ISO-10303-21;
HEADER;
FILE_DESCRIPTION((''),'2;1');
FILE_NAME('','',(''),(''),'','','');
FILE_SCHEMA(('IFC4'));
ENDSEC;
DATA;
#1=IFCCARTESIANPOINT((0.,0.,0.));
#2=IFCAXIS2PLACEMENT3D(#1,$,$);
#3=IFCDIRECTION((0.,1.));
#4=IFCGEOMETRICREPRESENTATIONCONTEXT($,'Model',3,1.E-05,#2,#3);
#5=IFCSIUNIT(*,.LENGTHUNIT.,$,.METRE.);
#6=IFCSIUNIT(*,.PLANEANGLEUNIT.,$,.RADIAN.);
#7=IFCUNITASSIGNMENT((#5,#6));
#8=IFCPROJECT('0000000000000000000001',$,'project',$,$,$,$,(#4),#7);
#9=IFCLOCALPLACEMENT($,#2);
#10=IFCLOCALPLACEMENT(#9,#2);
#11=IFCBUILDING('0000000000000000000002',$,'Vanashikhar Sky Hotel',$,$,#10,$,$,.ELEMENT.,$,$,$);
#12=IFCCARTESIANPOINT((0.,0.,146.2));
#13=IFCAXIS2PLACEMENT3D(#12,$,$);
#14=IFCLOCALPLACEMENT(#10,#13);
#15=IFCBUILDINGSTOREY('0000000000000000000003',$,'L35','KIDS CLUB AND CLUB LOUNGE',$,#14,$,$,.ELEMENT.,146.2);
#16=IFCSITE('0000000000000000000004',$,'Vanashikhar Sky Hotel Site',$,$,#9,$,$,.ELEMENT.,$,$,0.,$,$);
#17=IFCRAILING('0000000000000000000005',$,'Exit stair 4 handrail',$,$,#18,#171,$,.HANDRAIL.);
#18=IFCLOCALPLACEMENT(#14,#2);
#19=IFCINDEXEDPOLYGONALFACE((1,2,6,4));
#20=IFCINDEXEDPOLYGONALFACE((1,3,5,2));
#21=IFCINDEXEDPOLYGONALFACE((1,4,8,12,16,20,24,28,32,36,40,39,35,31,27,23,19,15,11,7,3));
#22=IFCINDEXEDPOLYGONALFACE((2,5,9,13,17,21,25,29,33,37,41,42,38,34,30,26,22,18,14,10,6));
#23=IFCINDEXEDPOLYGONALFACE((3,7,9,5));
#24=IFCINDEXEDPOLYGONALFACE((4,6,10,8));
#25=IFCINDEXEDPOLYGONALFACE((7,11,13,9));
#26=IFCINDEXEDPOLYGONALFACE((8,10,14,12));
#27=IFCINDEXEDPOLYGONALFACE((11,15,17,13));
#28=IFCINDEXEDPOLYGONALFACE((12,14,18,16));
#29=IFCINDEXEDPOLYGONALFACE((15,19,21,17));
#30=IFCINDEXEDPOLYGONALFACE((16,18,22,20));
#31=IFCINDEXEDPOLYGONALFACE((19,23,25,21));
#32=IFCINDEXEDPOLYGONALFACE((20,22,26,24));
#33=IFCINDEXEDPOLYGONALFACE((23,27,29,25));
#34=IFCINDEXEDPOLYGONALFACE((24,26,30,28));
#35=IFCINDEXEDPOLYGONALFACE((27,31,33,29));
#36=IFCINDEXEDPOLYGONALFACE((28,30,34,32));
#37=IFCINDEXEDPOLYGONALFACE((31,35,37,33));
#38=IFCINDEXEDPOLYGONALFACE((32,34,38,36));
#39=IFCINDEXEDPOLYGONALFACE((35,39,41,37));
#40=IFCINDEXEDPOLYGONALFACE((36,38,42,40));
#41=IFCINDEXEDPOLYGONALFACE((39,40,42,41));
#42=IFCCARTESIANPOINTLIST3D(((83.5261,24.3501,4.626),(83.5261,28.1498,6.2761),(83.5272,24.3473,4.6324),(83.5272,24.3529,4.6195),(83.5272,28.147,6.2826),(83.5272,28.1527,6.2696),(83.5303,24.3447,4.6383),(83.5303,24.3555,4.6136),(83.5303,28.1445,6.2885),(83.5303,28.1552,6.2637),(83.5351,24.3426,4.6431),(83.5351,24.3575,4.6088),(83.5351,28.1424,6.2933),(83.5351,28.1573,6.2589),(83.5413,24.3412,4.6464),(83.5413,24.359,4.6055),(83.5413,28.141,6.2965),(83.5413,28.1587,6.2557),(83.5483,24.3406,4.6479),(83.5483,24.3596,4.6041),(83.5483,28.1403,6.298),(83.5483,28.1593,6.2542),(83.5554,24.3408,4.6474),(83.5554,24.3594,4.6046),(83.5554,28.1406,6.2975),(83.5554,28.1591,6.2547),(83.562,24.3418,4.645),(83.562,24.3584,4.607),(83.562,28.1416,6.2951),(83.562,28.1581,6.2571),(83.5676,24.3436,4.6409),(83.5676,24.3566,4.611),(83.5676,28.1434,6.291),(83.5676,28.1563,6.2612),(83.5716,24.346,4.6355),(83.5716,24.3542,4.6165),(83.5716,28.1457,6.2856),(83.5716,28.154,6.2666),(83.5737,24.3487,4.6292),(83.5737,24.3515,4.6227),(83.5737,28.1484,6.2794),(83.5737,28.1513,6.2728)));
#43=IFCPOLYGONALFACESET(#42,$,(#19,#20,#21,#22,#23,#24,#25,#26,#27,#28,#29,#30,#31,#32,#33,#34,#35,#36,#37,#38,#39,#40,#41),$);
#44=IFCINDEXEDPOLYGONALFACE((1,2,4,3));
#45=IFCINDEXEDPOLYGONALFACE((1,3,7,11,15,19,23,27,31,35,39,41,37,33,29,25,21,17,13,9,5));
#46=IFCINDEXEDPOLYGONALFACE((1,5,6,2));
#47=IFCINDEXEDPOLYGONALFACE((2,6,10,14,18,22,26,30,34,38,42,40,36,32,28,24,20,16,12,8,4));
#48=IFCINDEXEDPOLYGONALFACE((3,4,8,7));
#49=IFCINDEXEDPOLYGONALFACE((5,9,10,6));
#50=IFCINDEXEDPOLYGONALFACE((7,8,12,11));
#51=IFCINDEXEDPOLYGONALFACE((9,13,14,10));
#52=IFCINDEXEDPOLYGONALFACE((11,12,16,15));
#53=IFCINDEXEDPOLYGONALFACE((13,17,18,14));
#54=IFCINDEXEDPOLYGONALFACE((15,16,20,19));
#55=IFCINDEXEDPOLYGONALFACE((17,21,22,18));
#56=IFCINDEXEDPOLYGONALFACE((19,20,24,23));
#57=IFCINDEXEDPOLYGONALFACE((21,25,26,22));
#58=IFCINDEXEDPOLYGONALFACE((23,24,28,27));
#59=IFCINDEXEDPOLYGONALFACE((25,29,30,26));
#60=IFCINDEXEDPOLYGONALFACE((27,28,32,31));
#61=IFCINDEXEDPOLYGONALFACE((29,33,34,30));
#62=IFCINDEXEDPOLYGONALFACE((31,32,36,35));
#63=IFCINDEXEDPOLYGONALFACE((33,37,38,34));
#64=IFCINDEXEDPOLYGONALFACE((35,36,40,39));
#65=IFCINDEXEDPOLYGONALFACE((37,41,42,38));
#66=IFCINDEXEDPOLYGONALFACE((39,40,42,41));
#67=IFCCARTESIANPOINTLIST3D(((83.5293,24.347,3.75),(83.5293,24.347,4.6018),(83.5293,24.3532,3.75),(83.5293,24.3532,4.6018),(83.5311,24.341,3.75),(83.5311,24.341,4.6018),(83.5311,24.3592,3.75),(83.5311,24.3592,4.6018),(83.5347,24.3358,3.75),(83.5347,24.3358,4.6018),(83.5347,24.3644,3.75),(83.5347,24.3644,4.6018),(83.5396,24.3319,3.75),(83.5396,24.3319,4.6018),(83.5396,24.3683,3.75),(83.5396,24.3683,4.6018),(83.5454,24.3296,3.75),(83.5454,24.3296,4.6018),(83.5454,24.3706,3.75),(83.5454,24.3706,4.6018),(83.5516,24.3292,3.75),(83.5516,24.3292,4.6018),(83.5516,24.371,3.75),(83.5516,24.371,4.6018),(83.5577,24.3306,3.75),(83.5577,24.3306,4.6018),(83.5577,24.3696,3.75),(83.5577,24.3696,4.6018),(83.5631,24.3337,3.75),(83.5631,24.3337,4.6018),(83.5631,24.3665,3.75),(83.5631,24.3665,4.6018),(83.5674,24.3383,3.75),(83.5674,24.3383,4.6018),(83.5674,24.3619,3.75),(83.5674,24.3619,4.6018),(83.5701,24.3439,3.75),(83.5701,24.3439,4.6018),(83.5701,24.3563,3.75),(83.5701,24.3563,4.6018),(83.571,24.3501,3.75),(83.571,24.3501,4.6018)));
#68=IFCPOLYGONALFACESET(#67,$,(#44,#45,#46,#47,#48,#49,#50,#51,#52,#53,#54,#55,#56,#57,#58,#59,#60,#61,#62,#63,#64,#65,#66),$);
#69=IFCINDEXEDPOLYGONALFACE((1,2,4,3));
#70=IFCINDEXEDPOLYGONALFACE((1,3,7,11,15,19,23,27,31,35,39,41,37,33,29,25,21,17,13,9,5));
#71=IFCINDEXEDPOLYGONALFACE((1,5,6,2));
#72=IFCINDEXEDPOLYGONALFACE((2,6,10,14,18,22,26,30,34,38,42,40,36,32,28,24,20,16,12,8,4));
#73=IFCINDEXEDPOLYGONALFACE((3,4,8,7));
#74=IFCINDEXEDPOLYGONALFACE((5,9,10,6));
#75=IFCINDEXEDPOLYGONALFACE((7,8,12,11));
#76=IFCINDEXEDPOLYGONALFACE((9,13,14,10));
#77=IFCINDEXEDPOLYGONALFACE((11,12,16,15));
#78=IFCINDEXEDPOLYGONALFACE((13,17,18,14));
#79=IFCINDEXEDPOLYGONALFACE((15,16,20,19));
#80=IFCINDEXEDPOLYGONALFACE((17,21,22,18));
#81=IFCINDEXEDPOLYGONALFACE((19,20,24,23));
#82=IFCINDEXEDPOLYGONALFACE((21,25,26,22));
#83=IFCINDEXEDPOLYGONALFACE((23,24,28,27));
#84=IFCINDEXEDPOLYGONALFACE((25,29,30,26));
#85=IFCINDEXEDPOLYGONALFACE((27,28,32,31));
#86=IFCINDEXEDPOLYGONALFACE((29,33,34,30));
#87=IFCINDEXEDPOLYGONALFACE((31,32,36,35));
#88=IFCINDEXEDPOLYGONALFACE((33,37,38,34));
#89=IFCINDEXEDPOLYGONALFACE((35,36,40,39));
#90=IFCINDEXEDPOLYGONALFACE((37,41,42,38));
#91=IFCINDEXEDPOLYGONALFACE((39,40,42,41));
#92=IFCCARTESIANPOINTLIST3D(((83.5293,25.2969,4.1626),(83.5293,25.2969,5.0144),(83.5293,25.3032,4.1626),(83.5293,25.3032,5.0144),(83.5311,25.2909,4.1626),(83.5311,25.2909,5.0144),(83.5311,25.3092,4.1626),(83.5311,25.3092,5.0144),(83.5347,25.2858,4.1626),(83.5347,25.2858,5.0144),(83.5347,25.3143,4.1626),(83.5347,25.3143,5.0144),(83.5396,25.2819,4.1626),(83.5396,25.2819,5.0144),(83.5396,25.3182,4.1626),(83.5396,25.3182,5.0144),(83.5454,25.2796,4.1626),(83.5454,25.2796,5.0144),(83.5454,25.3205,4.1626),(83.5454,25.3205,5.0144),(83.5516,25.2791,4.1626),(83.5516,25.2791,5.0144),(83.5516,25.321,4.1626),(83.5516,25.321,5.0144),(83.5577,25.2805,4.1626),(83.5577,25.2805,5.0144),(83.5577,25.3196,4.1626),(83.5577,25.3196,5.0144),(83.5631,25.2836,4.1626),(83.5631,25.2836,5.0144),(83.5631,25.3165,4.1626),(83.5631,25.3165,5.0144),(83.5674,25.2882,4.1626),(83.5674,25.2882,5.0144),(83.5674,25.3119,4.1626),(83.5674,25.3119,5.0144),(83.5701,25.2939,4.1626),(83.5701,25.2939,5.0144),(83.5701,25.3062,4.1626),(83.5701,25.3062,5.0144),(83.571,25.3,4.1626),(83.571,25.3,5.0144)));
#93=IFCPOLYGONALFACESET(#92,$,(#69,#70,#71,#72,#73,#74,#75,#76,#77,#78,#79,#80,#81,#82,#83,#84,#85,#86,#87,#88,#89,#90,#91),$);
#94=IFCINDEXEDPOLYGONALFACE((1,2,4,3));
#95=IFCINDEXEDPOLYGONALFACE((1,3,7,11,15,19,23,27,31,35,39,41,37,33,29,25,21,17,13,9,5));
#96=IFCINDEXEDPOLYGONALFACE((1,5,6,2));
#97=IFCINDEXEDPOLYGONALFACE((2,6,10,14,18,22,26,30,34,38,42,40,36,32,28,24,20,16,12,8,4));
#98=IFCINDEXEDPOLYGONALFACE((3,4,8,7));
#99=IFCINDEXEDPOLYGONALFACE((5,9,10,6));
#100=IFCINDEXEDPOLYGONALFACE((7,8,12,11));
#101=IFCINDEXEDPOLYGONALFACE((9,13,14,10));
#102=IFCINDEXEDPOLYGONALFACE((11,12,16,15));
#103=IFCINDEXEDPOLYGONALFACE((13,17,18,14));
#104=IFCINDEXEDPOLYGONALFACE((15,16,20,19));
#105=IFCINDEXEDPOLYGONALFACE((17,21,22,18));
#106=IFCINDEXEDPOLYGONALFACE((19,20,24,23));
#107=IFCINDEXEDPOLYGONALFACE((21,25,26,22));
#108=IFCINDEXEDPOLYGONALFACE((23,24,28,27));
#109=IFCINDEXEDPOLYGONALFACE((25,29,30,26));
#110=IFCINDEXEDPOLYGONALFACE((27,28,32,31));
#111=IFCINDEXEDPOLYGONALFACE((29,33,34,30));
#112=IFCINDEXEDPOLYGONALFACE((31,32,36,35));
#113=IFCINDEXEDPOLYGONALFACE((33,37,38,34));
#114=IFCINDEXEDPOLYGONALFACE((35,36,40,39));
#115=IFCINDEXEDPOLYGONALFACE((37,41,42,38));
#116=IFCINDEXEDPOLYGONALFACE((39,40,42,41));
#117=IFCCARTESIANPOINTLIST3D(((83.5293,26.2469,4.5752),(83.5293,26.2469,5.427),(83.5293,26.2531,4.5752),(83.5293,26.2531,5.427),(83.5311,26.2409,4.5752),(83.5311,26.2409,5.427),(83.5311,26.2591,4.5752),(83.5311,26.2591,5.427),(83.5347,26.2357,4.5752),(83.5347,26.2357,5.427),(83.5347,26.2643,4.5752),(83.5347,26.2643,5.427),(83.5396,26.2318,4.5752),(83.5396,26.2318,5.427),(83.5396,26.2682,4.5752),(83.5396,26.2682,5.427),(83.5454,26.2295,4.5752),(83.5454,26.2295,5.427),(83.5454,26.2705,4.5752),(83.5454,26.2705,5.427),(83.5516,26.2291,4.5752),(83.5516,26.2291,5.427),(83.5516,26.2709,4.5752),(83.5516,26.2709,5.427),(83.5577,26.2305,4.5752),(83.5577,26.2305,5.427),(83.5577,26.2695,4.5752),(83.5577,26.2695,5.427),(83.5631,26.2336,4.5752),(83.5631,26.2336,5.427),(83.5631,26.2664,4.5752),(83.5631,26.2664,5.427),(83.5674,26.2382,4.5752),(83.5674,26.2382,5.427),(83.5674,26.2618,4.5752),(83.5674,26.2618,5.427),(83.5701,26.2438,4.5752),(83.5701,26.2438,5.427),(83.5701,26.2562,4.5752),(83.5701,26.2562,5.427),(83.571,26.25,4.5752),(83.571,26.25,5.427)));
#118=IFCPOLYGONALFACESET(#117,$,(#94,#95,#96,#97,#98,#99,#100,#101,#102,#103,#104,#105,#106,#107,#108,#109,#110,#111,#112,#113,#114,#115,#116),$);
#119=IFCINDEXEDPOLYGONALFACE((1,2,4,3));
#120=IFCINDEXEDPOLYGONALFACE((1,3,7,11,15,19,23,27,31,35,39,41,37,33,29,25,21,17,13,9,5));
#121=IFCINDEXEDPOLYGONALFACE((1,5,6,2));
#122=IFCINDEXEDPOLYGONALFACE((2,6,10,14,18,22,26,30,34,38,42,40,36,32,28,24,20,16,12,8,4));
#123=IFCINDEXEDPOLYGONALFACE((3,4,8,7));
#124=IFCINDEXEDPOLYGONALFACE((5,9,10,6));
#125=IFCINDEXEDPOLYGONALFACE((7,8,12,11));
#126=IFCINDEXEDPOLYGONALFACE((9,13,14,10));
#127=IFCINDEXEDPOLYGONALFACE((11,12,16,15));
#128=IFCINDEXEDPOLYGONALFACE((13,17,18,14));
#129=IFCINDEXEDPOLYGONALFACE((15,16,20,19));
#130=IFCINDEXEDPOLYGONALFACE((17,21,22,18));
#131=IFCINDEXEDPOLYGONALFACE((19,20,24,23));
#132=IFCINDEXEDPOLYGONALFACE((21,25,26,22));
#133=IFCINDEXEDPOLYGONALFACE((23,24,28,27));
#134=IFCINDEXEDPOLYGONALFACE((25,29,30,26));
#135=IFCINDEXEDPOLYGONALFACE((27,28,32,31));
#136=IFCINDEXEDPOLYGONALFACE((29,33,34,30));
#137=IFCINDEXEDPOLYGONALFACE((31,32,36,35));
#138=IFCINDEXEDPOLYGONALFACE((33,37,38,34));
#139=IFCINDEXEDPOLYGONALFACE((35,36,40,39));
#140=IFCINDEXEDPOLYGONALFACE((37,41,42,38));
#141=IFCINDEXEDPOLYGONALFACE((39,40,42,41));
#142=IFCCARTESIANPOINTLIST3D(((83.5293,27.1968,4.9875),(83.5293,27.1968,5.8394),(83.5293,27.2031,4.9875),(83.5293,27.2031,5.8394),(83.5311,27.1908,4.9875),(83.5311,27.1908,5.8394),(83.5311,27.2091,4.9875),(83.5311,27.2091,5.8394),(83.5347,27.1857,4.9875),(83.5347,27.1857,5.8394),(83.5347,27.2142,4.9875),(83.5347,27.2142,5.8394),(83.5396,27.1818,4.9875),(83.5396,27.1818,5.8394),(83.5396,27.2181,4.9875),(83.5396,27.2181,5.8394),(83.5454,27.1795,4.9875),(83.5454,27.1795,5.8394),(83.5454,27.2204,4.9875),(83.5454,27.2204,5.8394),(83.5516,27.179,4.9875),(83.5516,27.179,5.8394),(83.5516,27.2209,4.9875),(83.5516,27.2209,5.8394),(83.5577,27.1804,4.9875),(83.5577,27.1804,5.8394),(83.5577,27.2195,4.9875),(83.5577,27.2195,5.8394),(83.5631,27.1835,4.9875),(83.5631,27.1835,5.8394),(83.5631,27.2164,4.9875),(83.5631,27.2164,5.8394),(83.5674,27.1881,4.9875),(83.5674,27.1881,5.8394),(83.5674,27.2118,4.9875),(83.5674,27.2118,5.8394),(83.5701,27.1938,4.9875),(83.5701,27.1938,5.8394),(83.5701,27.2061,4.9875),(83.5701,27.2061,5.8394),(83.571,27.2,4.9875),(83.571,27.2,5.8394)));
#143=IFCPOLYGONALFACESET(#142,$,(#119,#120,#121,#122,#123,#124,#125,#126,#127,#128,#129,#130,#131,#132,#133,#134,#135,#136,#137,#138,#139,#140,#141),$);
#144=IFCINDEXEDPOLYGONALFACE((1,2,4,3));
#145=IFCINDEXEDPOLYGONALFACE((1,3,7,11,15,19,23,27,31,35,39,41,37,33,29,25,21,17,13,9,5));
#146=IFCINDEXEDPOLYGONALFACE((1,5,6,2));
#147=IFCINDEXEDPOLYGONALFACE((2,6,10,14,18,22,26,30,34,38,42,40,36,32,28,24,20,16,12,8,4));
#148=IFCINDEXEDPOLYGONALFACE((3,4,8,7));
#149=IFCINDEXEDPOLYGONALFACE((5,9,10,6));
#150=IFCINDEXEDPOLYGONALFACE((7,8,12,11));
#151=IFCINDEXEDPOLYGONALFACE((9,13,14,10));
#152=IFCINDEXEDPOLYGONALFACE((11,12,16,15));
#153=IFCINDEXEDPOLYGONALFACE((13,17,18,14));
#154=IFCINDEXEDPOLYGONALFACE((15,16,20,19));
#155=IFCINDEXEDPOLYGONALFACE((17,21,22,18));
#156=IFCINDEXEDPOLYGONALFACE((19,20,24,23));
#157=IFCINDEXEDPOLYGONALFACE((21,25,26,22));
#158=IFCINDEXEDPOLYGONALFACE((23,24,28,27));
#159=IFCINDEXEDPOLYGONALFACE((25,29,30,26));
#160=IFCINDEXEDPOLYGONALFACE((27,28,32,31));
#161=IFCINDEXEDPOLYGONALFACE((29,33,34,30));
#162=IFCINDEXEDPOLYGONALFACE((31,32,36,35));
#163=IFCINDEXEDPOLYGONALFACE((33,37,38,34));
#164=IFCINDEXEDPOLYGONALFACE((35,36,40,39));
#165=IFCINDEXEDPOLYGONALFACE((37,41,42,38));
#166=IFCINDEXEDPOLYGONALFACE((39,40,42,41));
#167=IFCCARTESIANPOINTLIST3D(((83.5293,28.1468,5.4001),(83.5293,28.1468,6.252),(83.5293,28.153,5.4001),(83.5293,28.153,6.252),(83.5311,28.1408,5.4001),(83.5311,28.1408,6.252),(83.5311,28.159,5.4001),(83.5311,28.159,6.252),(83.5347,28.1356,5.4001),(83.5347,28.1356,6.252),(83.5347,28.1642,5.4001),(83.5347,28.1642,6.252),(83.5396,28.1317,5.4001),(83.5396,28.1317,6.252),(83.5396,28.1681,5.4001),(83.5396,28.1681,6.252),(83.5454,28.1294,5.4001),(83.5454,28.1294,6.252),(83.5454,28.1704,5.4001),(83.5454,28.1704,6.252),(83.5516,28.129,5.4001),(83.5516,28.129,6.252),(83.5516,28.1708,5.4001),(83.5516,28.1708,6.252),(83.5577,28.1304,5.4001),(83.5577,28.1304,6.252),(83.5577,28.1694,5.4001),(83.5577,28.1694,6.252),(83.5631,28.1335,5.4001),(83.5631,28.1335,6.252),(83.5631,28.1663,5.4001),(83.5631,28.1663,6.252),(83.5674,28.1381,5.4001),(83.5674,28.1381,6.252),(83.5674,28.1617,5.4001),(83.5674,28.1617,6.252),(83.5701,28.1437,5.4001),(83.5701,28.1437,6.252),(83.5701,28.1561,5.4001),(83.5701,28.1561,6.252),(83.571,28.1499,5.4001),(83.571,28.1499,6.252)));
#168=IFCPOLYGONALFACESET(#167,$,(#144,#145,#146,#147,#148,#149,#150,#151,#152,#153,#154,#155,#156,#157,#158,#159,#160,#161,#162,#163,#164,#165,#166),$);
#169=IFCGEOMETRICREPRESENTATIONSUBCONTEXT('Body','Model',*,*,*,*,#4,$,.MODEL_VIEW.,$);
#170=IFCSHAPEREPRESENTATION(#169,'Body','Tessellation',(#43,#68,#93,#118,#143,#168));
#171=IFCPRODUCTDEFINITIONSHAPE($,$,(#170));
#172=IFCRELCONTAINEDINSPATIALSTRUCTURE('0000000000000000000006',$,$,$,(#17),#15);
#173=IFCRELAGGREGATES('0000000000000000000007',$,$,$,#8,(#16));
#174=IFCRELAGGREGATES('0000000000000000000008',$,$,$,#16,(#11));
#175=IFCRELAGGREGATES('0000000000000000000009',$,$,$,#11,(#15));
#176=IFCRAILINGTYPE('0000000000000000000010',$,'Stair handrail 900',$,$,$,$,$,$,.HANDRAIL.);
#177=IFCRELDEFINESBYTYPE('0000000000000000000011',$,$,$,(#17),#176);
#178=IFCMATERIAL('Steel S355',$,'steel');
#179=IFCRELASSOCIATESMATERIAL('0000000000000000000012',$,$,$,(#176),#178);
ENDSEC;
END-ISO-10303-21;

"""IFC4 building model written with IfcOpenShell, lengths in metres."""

from ifc_helpers import new_model, si_unit, direction, frame, origin, origin_2d, place, context, subcontext, project, spatial, circle, extrude, source, transform, mapped, material, type_object, element, save


model = new_model("IFC4")

# Units and contexts
model_context = context("Model", 3, precision=1e-05, world=origin(), true_north=direction((0.0, 1.0)))
body_context = subcontext(model_context, "Body", "Model", "MODEL_VIEW")
ifc_project = project(units=[si_unit("LENGTHUNIT", "METRE"), si_unit("PLANEANGLEUNIT", "RADIAN")], contexts=[model_context])

# Site, building, storey
site_placement = place(None, origin())
site = spatial("IfcSite", under=ifc_project, at=site_placement, Name="Vanashikhar Sky Hotel Site", CompositionType="ELEMENT", RefElevation=0.0)
building_placement = place(site_placement, origin())
building = spatial("IfcBuilding", under=site, at=building_placement, Name="Vanashikhar Sky Hotel", CompositionType="ELEMENT")
storey_placement = place(building_placement, frame((0.0, 0.0, 146.2)))
storey = spatial("IfcBuildingStorey", under=building, at=storey_placement, Name="L35", Description="KIDS CLUB AND CLUB LOUNGE", CompositionType="ELEMENT", Elevation=146.2)

# Railing
ifc_material_1 = material(Name="Steel S355", Category="steel")
railing_type_1 = type_object("IfcRailingType", Name="Stair handrail 900", PredefinedType="HANDRAIL", material=ifc_material_1)
shared_shape_1 = source(origin(), body_context, "Body", "SweptSolid", [
    extrude(circle(Radius=0.0239, at=origin_2d()), frame((0.0, 0.0, 0.876), z_axis=(0.0, 0.917241, 0.398332), x_axis=(-1.0, 0.0, 0.0)), (0.0, 0.0, 1.0), 4.1426),
    extrude(circle(Radius=0.021, at=origin_2d()), origin(), (0.0, 0.0, 1.0), 0.8518),
    extrude(circle(Radius=0.021, at=origin_2d()), frame((0.0, 0.95, 0.4126)), (0.0, 0.0, 1.0), 0.8518),
    extrude(circle(Radius=0.021, at=origin_2d()), frame((0.0, 1.8999, 0.8252)), (0.0, 0.0, 1.0), 0.8518),
    extrude(circle(Radius=0.021, at=origin_2d()), frame((0.0, 2.8499, 1.2375)), (0.0, 0.0, 1.0), 0.8518),
    extrude(circle(Radius=0.021, at=origin_2d()), frame((0.0, 3.7998, 1.6501)), (0.0, 0.0, 1.0), 0.8518),
])
railing_1_placement = place(storey_placement, frame((83.55, 24.3501, 3.75)))
element("IfcRailing", 1, at=railing_1_placement, inside=storey, type_object=railing_type_1, Name="Exit stair 4 handrail", PredefinedType="HANDRAIL", context=body_context, shape_type="MappedRepresentation", body=[
    mapped(shared_shape_1, transform((0.0, 0.0, 0.0), scale=1.0)),
])

save(model, "model.ifc")
